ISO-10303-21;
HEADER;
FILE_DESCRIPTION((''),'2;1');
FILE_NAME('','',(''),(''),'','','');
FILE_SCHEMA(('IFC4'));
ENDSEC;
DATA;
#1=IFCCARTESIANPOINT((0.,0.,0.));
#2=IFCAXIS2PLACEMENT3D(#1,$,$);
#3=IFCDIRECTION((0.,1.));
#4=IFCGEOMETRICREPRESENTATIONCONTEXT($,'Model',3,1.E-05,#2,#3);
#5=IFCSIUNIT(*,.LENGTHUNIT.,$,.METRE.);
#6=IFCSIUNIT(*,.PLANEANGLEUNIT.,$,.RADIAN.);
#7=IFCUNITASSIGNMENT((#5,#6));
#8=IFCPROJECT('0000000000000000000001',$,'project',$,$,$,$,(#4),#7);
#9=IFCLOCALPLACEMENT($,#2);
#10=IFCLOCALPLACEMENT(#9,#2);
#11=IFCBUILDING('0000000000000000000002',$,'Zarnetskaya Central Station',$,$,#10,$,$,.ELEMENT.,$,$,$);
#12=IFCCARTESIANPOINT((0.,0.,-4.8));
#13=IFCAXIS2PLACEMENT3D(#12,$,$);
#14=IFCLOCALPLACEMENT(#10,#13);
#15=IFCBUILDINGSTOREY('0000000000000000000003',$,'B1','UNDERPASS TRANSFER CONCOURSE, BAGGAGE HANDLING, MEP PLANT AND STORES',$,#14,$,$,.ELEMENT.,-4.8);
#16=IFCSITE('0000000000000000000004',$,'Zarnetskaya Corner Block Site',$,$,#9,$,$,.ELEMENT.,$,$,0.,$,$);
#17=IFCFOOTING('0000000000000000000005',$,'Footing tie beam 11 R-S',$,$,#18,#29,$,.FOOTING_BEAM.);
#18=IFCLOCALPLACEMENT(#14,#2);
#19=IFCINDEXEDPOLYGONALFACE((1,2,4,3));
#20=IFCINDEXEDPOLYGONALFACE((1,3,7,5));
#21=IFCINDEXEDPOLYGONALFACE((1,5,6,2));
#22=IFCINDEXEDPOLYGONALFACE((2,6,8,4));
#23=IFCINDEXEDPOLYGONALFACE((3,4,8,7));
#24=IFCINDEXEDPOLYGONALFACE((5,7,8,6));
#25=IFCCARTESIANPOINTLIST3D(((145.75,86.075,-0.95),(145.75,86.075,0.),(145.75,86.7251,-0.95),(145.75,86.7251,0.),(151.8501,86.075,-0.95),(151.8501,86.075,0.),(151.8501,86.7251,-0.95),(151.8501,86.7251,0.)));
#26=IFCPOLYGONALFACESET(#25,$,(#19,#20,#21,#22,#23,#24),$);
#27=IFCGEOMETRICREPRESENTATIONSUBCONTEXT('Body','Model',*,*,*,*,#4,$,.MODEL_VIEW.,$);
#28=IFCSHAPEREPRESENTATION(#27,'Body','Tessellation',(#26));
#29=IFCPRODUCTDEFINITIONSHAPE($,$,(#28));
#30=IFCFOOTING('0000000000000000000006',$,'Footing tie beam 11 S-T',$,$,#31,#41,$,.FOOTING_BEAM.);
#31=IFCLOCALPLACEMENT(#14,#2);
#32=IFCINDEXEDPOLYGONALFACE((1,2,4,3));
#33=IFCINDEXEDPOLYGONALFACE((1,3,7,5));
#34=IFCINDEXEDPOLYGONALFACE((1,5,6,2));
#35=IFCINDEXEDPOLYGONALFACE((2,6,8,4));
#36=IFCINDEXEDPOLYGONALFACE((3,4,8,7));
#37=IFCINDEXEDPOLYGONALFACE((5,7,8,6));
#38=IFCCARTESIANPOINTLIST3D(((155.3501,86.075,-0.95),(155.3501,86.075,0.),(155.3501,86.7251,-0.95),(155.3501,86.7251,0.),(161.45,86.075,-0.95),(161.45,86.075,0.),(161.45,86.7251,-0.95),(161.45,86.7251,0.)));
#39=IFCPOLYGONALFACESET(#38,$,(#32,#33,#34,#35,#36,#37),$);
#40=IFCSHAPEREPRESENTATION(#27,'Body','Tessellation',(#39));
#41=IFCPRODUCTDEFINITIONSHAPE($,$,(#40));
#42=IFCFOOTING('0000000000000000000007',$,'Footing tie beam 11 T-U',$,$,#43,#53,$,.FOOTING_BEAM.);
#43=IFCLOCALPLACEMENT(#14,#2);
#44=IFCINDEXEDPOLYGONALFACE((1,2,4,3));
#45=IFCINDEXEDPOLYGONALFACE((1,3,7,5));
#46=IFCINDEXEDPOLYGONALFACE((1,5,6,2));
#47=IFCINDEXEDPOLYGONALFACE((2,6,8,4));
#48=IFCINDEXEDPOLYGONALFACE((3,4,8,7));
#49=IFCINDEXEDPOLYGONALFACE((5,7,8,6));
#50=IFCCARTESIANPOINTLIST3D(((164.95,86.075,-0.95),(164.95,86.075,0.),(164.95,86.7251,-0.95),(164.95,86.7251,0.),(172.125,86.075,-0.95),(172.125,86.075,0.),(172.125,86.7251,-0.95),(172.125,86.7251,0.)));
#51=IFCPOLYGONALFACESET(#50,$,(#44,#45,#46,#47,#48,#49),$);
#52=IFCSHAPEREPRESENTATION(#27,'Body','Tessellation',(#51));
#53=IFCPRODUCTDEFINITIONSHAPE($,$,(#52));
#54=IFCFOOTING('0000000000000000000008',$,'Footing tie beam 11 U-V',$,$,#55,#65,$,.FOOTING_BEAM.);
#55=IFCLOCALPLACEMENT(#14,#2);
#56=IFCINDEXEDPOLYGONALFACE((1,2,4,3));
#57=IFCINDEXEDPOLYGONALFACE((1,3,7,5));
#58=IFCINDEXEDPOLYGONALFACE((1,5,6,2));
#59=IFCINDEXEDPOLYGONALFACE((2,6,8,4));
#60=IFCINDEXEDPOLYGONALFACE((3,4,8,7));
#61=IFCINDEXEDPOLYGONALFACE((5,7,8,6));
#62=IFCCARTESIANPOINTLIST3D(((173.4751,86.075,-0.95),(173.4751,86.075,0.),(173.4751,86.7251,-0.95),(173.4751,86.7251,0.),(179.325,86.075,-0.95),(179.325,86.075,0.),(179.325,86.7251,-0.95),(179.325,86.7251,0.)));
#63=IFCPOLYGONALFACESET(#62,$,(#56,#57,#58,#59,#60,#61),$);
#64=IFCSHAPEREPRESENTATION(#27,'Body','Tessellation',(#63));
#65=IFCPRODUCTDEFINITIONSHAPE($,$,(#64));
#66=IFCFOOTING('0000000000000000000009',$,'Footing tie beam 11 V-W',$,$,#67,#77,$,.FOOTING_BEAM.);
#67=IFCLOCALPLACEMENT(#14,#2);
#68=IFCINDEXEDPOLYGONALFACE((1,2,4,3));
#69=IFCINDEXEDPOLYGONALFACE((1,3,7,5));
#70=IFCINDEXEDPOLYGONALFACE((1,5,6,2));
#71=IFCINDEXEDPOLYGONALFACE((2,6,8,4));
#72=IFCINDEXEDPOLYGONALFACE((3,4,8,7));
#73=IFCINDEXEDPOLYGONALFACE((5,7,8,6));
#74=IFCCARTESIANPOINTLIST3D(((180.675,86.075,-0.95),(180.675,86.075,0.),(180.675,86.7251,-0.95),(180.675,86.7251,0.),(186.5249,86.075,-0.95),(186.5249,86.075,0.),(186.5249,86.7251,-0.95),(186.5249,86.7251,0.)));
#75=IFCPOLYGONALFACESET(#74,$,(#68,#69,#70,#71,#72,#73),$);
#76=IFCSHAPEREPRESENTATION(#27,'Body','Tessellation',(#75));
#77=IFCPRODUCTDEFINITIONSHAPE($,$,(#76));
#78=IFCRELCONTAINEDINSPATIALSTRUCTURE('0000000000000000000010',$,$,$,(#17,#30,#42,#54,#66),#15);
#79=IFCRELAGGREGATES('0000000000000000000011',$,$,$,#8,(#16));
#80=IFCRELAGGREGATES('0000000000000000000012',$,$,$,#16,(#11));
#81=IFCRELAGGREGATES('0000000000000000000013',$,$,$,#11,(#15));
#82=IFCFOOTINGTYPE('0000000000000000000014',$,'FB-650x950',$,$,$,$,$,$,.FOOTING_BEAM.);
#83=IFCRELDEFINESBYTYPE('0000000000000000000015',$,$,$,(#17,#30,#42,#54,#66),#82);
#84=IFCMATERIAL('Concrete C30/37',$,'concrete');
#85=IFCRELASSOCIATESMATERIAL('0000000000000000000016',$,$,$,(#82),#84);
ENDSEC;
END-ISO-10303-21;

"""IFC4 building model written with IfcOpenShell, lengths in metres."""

from ifc_helpers import new_model, si_unit, direction, frame, origin, place, context, subcontext, project, spatial, polyline, outline, extrude, material, type_object, element, save


model = new_model("IFC4")

# Units and contexts
model_context = context("Model", 3, precision=1e-05, world=origin(), true_north=direction((0.0, 1.0)))
body_context = subcontext(model_context, "Body", "Model", "MODEL_VIEW")
ifc_project = project(units=[si_unit("LENGTHUNIT", "METRE"), si_unit("PLANEANGLEUNIT", "RADIAN")], contexts=[model_context])

# Site, building, storey
site_placement = place(None, origin())
site = spatial("IfcSite", under=ifc_project, at=site_placement, Name="Zarnetskaya Corner Block Site", CompositionType="ELEMENT", RefElevation=0.0)
building_placement = place(site_placement, origin())
building = spatial("IfcBuilding", under=site, at=building_placement, Name="Zarnetskaya Central Station", CompositionType="ELEMENT")
storey_placement = place(building_placement, frame((0.0, 0.0, -4.8)))
storey = spatial("IfcBuildingStorey", under=building, at=storey_placement, Name="B1", Description="UNDERPASS TRANSFER CONCOURSE, BAGGAGE HANDLING, MEP PLANT AND STORES", CompositionType="ELEMENT", Elevation=-4.8)

# Footings
ifc_material = material(Name="Concrete C30/37", Category="concrete")
footing_type_1 = type_object("IfcFootingType", Name="FB-650x950", PredefinedType="FOOTING_BEAM", material=ifc_material)
footing_1_placement = place(storey_placement, frame((0.0, 0.0, -0.95)))
element("IfcFooting", 1, at=footing_1_placement, inside=storey, type_object=footing_type_1, Name="Footing tie beam 11 R-S", PredefinedType="FOOTING_BEAM", context=body_context, shape_type="SweptSolid", body=[
    extrude(outline(polyline([(145.75, 86.075), (151.8501, 86.075), (151.8501, 86.7251), (145.75, 86.7251), (145.75, 86.075)])), origin(), (0.0, 0.0, 1.0), 0.95),
])
footing_2_placement = place(storey_placement, frame((0.0, 0.0, -0.95)))
element("IfcFooting", 2, at=footing_2_placement, inside=storey, type_object=footing_type_1, Name="Footing tie beam 11 S-T", PredefinedType="FOOTING_BEAM", context=body_context, shape_type="SweptSolid", body=[
    extrude(outline(polyline([(155.3501, 86.075), (161.45, 86.075), (161.45, 86.7251), (155.3501, 86.7251), (155.3501, 86.075)])), origin(), (0.0, 0.0, 1.0), 0.95),
])
footing_3_placement = place(storey_placement, frame((0.0, 0.0, -0.95)))
element("IfcFooting", 3, at=footing_3_placement, inside=storey, type_object=footing_type_1, Name="Footing tie beam 11 T-U", PredefinedType="FOOTING_BEAM", context=body_context, shape_type="SweptSolid", body=[
    extrude(outline(polyline([(164.95, 86.075), (172.125, 86.075), (172.125, 86.7251), (164.95, 86.7251), (164.95, 86.075)])), origin(), (0.0, 0.0, 1.0), 0.95),
])
footing_4_placement = place(storey_placement, frame((0.0, 0.0, -0.95)))
element("IfcFooting", 4, at=footing_4_placement, inside=storey, type_object=footing_type_1, Name="Footing tie beam 11 U-V", PredefinedType="FOOTING_BEAM", context=body_context, shape_type="SweptSolid", body=[
    extrude(outline(polyline([(173.4751, 86.075), (179.325, 86.075), (179.325, 86.7251), (173.4751, 86.7251), (173.4751, 86.075)])), origin(), (0.0, 0.0, 1.0), 0.95),
])
footing_5_placement = place(storey_placement, frame((0.0, 0.0, -0.95)))
element("IfcFooting", 5, at=footing_5_placement, inside=storey, type_object=footing_type_1, Name="Footing tie beam 11 V-W", PredefinedType="FOOTING_BEAM", context=body_context, shape_type="SweptSolid", body=[
    extrude(outline(polyline([(180.675, 86.075), (186.5249, 86.075), (186.5249, 86.7251), (180.675, 86.7251), (180.675, 86.075)])), origin(), (0.0, 0.0, 1.0), 0.95),
])

save(model, "model.ifc")
